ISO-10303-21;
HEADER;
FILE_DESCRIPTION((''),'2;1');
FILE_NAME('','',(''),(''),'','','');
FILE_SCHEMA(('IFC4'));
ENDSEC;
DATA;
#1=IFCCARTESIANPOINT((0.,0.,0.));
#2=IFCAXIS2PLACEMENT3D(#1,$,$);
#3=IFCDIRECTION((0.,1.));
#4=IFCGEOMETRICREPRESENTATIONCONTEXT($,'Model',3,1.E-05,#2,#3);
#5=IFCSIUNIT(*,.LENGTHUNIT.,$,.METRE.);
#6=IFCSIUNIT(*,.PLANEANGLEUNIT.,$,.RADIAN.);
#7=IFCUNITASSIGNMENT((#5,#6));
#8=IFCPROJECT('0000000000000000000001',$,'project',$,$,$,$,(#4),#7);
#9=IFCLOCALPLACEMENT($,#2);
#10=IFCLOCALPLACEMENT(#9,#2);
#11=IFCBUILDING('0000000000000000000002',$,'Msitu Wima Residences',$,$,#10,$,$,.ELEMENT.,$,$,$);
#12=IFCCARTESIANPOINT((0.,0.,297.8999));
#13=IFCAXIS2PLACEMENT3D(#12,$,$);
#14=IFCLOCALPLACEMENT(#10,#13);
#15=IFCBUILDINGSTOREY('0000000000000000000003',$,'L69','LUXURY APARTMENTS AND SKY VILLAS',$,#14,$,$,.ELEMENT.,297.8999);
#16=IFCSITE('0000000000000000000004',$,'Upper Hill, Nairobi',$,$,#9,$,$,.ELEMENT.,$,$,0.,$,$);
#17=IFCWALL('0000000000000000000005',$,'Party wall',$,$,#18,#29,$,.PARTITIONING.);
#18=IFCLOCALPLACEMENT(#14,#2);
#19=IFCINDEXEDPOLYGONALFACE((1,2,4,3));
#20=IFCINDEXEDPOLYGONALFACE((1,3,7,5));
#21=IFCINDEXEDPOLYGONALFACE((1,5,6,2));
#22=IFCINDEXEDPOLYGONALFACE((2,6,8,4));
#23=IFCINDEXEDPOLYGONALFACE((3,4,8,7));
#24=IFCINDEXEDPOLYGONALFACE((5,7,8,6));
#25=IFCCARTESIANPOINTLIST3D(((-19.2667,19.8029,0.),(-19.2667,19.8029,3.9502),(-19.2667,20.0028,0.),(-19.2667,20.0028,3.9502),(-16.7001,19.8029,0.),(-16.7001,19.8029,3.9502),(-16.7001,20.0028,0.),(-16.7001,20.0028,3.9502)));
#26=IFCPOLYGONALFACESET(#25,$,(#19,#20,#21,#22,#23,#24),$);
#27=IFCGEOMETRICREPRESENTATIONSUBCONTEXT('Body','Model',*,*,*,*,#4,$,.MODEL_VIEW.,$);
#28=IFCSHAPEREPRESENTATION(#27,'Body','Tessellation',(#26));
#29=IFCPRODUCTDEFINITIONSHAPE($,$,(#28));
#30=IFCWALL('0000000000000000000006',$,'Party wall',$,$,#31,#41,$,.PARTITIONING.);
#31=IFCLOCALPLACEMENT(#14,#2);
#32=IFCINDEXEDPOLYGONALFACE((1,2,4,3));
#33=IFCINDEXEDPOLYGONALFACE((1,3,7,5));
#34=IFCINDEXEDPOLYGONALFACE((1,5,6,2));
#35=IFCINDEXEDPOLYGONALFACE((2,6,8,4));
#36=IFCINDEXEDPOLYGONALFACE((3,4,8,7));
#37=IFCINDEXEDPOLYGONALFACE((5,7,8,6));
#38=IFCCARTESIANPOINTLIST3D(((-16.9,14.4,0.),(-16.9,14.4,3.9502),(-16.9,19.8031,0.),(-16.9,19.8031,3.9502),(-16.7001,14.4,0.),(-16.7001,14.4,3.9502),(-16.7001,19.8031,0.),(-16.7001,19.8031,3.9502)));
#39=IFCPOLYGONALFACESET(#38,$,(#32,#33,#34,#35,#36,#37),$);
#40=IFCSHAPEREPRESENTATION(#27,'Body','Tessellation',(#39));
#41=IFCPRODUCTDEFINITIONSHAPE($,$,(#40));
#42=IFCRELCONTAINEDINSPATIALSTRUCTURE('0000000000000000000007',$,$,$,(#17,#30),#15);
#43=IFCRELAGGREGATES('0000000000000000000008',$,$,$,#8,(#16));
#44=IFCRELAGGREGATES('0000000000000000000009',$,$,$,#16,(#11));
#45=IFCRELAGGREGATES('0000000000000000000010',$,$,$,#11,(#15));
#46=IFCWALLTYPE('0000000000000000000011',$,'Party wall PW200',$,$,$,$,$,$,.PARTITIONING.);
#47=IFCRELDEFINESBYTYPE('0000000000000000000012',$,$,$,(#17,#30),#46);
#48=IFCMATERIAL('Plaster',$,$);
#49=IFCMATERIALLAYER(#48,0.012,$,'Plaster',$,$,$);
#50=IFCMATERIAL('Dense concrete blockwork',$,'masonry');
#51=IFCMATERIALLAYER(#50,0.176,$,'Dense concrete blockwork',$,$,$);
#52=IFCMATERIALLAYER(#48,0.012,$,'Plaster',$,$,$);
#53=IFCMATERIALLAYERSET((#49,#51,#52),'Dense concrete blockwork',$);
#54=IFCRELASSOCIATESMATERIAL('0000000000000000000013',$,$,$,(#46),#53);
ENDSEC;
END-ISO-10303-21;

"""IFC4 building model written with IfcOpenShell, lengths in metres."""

from ifc_helpers import new_model, si_unit, direction, frame, frame_2d, origin, place, context, subcontext, project, spatial, rectangle, extrude, material, layer, layer_set, type_object, element, save


model = new_model("IFC4")

# Units and contexts
model_context = context("Model", 3, precision=1e-05, world=origin(), true_north=direction((0.0, 1.0)))
body_context = subcontext(model_context, "Body", "Model", "MODEL_VIEW")
ifc_project = project(units=[si_unit("LENGTHUNIT", "METRE"), si_unit("PLANEANGLEUNIT", "RADIAN")], contexts=[model_context])

# Site, building, storey
site_placement = place(None, origin())
site = spatial("IfcSite", under=ifc_project, at=site_placement, Name="Upper Hill, Nairobi", CompositionType="ELEMENT", RefElevation=0.0)
building_placement = place(site_placement, origin())
building = spatial("IfcBuilding", under=site, at=building_placement, Name="Msitu Wima Residences", CompositionType="ELEMENT")
storey_placement = place(building_placement, frame((0.0, 0.0, 297.8999)))
storey = spatial("IfcBuildingStorey", under=building, at=storey_placement, Name="L69", Description="LUXURY APARTMENTS AND SKY VILLAS", CompositionType="ELEMENT", Elevation=297.8999)

# Shared definitions
ifc_material_1 = material(Name="Plaster")

# Walls
ifc_layer_1 = layer(ifc_material_1, 0.012, Name="Plaster")
ifc_material_2 = material(Name="Dense concrete blockwork", Category="masonry")
ifc_layer_2 = layer(ifc_material_2, 0.176, Name="Dense concrete blockwork")
ifc_layer_3 = layer(ifc_material_1, 0.012, Name="Plaster")
ifc_layer_set_1 = layer_set([ifc_layer_1, ifc_layer_2, ifc_layer_3], Name="Dense concrete blockwork")
wall_type_1 = type_object("IfcWallType", Name="Party wall PW200", PredefinedType="PARTITIONING", material=ifc_layer_set_1)
wall_1_placement = place(storey_placement, frame((-19.2666, 19.9028, 0.0), z_axis=(0.0, 0.0, 1.0), x_axis=(1.0, 0.0, 0.0)))
element("IfcWall", 1, at=wall_1_placement, inside=storey, type_object=wall_type_1, Name="Party wall", PredefinedType="PARTITIONING", context=body_context, shape_type="SweptSolid", body=[
    extrude(rectangle(XDim=2.5667, YDim=0.2, at=frame_2d((1.2832, 0.0))), origin(), (0.0, 0.0, 1.0), 3.9502),
])
wall_2_placement = place(storey_placement, frame((-16.8, 14.3999, 0.0), z_axis=(0.0, 0.0, 1.0), x_axis=(0.0, 1.0, 0.0)))
element("IfcWall", 2, at=wall_2_placement, inside=storey, type_object=wall_type_1, Name="Party wall", PredefinedType="PARTITIONING", context=body_context, shape_type="SweptSolid", body=[
    extrude(rectangle(XDim=5.4031, YDim=0.2, at=frame_2d((2.7017, 0.0))), origin(), (0.0, 0.0, 1.0), 3.9502),
])

save(model, "model.ifc")
